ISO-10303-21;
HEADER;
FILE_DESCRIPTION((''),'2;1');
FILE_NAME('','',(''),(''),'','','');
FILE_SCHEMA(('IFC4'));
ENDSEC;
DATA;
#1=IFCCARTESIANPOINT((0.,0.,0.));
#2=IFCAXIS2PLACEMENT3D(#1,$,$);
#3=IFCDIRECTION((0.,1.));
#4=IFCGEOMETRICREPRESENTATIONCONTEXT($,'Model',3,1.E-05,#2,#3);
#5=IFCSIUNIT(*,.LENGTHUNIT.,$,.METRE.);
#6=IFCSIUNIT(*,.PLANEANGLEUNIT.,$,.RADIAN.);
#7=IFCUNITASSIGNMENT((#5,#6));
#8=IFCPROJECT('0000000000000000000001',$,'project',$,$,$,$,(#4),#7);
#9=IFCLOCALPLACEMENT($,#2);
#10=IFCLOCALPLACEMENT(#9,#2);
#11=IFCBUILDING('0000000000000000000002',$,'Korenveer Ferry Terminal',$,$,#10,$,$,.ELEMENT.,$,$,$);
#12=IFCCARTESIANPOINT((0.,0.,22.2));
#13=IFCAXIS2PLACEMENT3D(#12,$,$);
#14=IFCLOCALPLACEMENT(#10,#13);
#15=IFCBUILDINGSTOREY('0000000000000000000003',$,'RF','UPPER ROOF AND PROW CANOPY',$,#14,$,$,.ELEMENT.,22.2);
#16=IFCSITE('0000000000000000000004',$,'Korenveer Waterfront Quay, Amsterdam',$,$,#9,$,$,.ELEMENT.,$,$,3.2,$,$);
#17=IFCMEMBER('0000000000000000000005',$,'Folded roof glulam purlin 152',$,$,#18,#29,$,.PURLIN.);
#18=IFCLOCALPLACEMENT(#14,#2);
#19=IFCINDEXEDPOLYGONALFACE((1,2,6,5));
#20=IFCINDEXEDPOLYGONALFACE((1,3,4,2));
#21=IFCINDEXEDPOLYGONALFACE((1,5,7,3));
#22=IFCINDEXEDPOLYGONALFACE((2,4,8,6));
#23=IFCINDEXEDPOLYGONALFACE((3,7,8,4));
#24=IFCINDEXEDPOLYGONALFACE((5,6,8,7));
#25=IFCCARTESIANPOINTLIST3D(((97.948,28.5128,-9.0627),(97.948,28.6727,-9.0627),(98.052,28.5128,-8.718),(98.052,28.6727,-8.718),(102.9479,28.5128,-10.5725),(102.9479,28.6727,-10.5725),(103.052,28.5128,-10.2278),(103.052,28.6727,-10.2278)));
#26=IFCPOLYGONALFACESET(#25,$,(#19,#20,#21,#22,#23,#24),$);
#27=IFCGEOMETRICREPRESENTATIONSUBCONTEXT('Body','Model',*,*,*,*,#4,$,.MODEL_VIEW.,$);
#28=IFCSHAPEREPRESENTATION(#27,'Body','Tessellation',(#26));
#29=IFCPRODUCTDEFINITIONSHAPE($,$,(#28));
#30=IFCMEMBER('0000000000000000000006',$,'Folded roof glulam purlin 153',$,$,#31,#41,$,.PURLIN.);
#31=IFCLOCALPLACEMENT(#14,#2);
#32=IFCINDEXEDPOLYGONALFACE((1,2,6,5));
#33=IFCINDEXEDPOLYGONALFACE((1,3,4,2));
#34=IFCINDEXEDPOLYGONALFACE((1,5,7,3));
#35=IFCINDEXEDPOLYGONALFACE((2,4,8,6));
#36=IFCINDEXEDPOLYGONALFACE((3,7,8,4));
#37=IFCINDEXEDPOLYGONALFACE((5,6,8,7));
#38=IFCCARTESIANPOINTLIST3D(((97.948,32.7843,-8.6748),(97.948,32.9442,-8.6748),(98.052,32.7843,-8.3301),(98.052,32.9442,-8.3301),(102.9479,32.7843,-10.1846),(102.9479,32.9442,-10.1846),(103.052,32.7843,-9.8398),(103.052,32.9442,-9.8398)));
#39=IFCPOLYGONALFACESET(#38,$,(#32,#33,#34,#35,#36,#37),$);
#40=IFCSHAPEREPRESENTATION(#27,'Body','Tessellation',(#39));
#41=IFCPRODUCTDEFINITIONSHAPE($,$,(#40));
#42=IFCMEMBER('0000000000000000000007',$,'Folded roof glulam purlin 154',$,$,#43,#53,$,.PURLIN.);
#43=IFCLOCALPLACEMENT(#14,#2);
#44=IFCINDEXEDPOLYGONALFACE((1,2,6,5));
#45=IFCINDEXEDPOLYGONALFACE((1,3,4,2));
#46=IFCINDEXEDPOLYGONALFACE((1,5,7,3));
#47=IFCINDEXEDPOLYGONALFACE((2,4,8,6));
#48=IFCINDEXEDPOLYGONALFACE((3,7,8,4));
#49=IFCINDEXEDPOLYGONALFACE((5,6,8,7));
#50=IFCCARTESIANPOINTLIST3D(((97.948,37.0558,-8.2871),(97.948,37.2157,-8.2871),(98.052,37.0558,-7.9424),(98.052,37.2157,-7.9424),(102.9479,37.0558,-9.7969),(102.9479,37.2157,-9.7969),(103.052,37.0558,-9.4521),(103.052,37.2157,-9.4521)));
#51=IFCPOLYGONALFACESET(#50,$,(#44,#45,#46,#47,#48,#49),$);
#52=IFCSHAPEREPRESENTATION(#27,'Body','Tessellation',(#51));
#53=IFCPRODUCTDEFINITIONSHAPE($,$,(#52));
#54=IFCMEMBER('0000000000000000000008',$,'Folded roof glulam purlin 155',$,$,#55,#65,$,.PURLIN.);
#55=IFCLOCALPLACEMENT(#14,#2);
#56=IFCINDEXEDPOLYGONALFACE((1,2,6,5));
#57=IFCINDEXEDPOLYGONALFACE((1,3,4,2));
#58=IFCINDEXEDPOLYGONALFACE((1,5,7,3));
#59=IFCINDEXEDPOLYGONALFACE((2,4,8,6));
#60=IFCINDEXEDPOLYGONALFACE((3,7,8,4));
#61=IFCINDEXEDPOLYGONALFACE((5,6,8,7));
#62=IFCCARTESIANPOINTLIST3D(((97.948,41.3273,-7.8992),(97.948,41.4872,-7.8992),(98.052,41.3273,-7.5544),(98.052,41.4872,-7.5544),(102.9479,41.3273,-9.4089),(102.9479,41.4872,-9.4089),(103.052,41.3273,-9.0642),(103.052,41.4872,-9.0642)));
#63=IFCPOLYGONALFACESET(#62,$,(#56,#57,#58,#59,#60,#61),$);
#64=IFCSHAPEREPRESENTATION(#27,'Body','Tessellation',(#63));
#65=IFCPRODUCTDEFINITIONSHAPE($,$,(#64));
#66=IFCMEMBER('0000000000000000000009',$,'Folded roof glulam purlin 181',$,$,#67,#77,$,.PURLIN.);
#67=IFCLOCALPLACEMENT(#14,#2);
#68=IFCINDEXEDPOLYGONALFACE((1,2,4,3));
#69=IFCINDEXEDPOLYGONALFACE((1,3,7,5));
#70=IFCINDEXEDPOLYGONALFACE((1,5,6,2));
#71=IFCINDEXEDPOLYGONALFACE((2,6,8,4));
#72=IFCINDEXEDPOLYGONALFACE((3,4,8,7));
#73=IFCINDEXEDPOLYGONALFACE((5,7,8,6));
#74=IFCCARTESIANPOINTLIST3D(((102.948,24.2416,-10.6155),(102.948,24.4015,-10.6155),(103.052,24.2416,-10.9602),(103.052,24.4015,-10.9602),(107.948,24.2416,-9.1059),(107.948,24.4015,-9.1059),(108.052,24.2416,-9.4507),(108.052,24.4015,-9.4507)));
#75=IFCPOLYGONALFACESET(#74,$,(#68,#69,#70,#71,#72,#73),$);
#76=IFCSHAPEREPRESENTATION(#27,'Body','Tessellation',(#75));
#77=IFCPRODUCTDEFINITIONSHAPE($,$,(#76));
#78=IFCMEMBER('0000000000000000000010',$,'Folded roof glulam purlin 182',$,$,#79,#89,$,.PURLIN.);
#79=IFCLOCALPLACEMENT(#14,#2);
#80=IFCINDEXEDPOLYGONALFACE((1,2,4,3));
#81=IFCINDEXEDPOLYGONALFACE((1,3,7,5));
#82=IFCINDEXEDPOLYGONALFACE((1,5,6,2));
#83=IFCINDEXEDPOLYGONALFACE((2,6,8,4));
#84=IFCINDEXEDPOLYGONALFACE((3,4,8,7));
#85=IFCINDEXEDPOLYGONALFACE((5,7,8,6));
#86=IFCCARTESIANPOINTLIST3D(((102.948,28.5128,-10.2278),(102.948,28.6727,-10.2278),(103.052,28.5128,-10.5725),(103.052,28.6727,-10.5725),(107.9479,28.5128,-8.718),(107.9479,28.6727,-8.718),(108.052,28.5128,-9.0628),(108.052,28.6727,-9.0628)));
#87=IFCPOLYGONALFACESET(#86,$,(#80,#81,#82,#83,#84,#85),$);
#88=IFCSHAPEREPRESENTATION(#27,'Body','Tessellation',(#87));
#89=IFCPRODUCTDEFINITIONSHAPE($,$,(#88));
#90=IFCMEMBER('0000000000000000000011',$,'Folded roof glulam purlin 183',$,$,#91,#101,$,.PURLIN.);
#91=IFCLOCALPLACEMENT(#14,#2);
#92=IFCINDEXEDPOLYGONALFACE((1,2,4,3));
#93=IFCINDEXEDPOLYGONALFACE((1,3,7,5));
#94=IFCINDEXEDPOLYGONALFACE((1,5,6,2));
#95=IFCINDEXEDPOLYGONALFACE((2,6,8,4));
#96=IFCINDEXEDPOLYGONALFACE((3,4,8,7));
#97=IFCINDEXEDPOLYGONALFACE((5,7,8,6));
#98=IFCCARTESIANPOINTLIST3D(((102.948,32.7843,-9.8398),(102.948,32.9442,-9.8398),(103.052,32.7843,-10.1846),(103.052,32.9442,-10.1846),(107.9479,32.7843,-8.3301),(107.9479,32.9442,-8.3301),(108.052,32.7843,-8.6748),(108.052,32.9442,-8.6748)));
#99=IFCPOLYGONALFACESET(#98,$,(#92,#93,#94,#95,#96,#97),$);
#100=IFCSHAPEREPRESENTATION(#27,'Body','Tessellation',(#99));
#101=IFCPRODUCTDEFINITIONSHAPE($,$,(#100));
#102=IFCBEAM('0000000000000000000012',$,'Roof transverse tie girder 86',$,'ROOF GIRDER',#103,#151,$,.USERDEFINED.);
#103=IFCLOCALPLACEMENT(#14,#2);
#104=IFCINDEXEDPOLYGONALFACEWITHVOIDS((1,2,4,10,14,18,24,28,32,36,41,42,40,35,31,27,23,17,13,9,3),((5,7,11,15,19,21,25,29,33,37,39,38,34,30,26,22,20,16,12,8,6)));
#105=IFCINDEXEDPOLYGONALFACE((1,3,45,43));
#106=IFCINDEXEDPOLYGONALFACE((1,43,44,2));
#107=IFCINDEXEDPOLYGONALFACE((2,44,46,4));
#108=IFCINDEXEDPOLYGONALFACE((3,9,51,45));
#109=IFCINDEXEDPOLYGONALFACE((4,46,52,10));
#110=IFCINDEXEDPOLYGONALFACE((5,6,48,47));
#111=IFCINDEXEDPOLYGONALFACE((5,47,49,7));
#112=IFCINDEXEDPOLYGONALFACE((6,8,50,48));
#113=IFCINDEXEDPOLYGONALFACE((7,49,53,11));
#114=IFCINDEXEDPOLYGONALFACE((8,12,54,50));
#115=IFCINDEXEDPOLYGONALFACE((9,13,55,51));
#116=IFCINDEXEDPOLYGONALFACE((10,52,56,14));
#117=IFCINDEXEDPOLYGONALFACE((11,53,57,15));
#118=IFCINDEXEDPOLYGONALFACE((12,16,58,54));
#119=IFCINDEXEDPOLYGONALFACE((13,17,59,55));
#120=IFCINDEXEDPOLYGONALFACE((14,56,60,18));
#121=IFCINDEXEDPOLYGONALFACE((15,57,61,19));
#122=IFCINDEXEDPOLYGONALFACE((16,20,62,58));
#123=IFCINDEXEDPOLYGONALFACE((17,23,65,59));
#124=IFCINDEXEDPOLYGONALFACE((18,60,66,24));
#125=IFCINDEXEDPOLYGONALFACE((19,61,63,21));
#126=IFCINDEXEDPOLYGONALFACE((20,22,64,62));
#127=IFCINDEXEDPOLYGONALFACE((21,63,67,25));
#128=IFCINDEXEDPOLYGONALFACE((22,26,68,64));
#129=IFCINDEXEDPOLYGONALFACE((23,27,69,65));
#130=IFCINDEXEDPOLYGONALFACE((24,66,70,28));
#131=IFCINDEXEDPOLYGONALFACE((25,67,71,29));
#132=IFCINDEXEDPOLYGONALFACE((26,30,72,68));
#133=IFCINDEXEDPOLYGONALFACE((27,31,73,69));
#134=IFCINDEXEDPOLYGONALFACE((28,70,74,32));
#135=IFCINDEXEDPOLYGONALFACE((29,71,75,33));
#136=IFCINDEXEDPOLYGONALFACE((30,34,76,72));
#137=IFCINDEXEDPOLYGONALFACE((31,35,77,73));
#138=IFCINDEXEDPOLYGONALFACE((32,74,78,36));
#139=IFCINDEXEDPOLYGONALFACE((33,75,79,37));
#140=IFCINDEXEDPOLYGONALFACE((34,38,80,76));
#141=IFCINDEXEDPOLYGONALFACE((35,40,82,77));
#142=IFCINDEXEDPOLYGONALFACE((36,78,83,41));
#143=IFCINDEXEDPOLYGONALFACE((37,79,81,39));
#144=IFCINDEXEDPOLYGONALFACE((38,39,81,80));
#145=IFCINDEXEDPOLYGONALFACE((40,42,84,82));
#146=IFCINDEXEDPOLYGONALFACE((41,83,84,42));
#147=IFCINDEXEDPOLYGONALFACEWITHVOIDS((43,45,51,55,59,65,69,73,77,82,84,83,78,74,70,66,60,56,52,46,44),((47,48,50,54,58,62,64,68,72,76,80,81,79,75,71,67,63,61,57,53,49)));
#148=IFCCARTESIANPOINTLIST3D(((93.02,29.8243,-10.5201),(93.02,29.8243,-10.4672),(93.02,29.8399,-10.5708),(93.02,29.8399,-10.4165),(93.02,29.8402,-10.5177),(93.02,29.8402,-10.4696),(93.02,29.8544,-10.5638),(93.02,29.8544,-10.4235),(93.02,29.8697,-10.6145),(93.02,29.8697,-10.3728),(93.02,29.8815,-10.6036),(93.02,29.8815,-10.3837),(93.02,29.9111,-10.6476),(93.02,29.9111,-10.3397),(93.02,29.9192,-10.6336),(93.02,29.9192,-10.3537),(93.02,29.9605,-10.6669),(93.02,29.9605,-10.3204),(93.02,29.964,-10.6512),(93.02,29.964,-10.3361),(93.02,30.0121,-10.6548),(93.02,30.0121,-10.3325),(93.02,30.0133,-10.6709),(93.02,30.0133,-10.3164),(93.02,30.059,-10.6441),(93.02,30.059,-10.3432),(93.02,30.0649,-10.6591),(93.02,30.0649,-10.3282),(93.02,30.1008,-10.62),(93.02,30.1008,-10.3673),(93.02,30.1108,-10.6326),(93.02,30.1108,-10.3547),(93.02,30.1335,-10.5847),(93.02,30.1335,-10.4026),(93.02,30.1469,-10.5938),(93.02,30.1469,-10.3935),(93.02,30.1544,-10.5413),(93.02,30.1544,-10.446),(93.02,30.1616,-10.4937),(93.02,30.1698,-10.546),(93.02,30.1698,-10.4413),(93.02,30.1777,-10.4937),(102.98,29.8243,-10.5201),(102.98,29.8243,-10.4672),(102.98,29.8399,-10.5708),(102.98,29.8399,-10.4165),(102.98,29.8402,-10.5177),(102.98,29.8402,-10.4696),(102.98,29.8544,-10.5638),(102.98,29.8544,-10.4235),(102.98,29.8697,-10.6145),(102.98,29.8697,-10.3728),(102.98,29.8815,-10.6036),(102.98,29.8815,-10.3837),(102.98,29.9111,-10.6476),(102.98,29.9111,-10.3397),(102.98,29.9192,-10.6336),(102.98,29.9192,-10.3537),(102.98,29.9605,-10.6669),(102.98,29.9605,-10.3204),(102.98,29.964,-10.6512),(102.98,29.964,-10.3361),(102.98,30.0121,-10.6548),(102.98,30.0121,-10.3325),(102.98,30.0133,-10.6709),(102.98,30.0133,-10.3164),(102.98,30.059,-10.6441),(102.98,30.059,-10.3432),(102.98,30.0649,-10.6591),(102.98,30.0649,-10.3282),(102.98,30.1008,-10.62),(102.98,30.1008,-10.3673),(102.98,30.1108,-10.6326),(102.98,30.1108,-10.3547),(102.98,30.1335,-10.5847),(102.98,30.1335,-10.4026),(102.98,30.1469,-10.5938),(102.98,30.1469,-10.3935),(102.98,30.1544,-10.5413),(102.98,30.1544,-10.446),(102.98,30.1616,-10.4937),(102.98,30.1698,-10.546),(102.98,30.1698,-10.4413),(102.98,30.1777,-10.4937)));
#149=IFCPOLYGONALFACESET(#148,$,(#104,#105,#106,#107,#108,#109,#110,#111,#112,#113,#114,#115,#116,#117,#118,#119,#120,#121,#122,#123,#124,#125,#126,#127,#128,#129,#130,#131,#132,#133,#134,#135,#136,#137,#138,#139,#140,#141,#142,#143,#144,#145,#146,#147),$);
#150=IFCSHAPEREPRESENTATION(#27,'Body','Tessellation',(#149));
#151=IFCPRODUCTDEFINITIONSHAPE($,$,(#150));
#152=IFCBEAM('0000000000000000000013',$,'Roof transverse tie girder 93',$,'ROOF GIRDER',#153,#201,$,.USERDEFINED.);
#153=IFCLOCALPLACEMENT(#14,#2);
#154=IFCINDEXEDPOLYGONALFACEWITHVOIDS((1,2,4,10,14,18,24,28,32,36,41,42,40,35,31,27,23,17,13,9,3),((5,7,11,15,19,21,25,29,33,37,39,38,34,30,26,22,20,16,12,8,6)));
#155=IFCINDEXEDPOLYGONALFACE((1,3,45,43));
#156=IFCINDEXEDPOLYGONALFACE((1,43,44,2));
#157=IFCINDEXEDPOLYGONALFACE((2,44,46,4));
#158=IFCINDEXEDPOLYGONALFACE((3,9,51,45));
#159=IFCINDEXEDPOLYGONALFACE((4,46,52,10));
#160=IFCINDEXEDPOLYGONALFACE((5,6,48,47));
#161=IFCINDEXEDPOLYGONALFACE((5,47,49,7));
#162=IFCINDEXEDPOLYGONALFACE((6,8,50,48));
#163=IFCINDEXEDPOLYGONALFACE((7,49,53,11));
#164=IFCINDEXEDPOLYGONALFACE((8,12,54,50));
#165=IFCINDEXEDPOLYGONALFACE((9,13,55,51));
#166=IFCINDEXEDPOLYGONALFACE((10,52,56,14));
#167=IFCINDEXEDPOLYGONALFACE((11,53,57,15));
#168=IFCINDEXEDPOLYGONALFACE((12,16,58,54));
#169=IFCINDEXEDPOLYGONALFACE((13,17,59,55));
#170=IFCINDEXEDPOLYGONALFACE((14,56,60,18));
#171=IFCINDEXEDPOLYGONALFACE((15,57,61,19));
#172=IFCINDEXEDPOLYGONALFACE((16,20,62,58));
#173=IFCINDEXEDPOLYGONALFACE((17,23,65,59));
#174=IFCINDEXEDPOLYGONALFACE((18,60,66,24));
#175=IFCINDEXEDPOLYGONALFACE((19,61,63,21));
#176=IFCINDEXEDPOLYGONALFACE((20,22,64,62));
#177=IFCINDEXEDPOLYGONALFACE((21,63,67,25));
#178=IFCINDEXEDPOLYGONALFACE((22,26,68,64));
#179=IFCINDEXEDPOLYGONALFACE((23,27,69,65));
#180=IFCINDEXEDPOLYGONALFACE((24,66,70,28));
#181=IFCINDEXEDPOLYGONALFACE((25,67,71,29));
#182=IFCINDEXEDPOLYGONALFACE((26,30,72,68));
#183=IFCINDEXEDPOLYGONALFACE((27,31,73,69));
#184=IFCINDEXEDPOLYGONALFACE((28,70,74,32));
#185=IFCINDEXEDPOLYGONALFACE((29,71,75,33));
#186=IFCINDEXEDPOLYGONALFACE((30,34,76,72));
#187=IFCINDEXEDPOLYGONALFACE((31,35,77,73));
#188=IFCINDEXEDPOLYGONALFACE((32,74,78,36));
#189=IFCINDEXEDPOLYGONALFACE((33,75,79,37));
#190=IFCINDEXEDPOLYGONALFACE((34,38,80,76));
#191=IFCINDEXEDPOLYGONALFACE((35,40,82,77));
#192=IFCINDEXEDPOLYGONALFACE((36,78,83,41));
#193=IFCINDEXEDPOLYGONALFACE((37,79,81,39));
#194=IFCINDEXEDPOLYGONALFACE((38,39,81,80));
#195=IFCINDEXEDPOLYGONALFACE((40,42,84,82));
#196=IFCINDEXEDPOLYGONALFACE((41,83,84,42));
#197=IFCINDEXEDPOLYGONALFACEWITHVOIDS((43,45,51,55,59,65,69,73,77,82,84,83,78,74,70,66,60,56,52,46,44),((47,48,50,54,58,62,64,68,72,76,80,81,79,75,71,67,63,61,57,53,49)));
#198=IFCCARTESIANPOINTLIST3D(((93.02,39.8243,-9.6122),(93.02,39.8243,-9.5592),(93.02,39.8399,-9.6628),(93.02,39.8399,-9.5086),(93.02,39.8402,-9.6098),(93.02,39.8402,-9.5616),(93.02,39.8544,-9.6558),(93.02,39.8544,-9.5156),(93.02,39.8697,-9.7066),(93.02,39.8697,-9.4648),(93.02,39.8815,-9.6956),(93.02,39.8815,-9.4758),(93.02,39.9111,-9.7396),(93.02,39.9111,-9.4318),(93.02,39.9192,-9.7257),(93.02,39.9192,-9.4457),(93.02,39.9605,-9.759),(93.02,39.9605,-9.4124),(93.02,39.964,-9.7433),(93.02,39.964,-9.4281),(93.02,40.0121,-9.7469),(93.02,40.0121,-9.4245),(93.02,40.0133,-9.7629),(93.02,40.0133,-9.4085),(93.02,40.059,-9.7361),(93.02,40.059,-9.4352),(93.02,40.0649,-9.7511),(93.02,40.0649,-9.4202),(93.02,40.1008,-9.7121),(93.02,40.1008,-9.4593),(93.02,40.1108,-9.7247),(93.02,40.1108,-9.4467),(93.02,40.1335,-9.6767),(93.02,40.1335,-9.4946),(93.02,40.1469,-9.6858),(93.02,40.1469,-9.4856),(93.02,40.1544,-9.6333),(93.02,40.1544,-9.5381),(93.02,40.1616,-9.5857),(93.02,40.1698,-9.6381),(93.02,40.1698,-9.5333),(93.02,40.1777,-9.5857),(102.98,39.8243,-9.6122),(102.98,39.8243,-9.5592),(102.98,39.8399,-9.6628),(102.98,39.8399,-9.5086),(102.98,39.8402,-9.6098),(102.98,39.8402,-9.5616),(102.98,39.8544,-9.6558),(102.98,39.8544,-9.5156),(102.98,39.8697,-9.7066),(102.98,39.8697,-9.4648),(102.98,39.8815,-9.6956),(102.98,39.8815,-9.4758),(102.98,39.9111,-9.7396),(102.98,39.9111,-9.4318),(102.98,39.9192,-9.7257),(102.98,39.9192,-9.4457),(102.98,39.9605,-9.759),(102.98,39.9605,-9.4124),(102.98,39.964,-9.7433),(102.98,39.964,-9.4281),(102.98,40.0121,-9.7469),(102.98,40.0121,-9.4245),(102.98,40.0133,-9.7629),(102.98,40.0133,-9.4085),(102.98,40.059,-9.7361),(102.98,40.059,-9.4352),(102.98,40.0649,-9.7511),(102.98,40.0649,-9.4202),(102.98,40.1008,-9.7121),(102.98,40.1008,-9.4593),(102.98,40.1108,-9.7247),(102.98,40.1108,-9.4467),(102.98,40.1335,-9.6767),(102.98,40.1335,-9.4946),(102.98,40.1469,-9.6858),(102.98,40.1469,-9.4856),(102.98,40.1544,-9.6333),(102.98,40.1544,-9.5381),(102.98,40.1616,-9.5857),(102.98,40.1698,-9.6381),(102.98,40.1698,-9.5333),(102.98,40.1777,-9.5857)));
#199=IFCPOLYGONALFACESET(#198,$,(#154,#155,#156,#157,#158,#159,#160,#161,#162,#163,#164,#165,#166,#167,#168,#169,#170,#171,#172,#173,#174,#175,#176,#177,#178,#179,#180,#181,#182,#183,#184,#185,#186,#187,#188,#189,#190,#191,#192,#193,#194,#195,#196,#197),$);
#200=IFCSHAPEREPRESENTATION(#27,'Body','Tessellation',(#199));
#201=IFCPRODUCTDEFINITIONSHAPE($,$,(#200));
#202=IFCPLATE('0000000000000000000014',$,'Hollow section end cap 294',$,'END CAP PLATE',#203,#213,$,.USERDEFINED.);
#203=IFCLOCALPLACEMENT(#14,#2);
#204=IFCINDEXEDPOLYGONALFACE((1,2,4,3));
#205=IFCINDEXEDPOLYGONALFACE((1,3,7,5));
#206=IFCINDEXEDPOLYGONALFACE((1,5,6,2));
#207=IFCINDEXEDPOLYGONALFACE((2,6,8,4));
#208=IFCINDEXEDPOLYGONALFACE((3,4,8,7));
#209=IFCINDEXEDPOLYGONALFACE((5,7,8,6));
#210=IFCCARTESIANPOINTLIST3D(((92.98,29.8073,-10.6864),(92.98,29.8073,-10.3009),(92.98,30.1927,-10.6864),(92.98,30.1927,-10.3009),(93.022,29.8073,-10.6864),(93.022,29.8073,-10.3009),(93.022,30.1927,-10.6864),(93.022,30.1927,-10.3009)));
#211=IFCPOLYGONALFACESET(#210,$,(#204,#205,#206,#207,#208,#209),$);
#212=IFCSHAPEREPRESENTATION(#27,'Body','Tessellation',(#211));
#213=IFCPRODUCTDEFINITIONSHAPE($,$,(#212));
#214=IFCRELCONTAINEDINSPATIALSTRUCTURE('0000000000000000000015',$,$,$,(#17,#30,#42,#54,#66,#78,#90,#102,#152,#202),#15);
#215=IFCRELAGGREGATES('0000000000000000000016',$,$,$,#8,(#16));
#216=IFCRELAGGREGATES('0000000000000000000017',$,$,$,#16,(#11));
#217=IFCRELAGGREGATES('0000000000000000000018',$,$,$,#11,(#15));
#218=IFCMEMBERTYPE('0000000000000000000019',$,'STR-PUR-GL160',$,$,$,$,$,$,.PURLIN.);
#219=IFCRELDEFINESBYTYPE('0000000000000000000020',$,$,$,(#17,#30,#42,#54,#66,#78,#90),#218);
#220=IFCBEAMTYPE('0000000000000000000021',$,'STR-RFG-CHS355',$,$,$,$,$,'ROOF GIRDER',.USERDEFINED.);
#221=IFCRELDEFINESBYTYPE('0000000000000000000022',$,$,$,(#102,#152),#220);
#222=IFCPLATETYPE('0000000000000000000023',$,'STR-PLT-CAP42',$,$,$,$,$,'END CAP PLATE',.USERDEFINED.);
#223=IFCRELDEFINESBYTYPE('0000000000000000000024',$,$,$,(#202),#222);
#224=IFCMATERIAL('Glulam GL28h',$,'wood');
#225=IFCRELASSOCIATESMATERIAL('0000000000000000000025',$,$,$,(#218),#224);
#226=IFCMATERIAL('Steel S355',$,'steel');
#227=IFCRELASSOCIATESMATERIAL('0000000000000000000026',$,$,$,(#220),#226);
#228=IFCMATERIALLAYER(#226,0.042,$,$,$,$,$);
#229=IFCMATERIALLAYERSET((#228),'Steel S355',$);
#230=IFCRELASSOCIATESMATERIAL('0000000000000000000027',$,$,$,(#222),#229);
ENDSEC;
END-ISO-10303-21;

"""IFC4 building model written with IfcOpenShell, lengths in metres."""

from ifc_helpers import new_model, si_unit, direction, frame, origin, origin_2d, place, context, subcontext, project, spatial, rectangle, hollow_circle, extrude, material, layer, layer_set, material_profile, profile_set, type_object, element, save


model = new_model("IFC4")

# Units and contexts
model_context = context("Model", 3, precision=1e-05, world=origin(), true_north=direction((0.0, 1.0)))
body_context = subcontext(model_context, "Body", "Model", "MODEL_VIEW")
ifc_project = project(units=[si_unit("LENGTHUNIT", "METRE"), si_unit("PLANEANGLEUNIT", "RADIAN")], contexts=[model_context])

# Site, building, storey
site_placement = place(None, origin())
site = spatial("IfcSite", under=ifc_project, at=site_placement, Name="Korenveer Waterfront Quay, Amsterdam", CompositionType="ELEMENT", RefElevation=3.2)
building_placement = place(site_placement, origin())
building = spatial("IfcBuilding", under=site, at=building_placement, Name="Korenveer Ferry Terminal", CompositionType="ELEMENT")
storey_placement = place(building_placement, frame((0.0, 0.0, 22.2)))
storey = spatial("IfcBuildingStorey", under=building, at=storey_placement, Name="RF", Description="UPPER ROOF AND PROW CANOPY", CompositionType="ELEMENT", Elevation=22.2)

# Shared definitions
ifc_material_1 = material(Name="Steel S355", Category="steel")

# Members
ifc_material_2 = material(Name="Glulam GL28h", Category="wood")
ifc_material_profile_1 = material_profile(ifc_material_2, rectangle(XDim=0.1599, YDim=0.3601, at=origin_2d()), Name="GL 160x360")
ifc_profile_set_1 = profile_set([ifc_material_profile_1], Name="Glulam GL28h")
member_type = type_object("IfcMemberType", Name="STR-PUR-GL160", PredefinedType="PURLIN", material=ifc_profile_set_1)
for number, where, z_axis, x_axis, name in (
    (1, (98.0, 28.5928, -8.8904), (0.95731, 0.0, -0.289063), (0.0, 1.0, 0.0), "Folded roof glulam purlin 152"),
    (2, (98.0, 32.8643, -8.5024), (0.95731, 0.0, -0.289063), (0.0, 1.0, 0.0), "Folded roof glulam purlin 153"),
    (3, (98.0, 37.1357, -8.1147), (0.95731, 0.0, -0.289063), (0.0, 1.0, 0.0), "Folded roof glulam purlin 154"),
    (4, (98.0, 41.4072, -7.7268), (0.95731, 0.0, -0.289063), (0.0, 1.0, 0.0), "Folded roof glulam purlin 155"),
    (5, (103.0, 24.3215, -10.7878), (0.957323, 0.0, 0.28902), (0.0, 1.0, 0.0), "Folded roof glulam purlin 181"),
    (6, (103.0, 28.5928, -10.4001), (0.95731, 0.0, 0.289063), (0.0, 1.0, 0.0), "Folded roof glulam purlin 182"),
    (7, (103.0, 32.8643, -10.0122), (0.95731, 0.0, 0.289063), (0.0, 1.0, 0.0), "Folded roof glulam purlin 183"),
):
    element("IfcMember", number, at=place(storey_placement, frame(where, z_axis=z_axis, x_axis=x_axis)), inside=storey, type_object=member_type, Name=name, PredefinedType="PURLIN", context=body_context, shape_type="SweptSolid", body=[
        extrude(rectangle(XDim=0.1599, YDim=0.3601, at=origin_2d()), origin(), (0.0, 0.0, 1.0), 5.2229),
    ])

# Beams
ifc_material_profile_2 = material_profile(ifc_material_1, hollow_circle(Radius=0.1777, WallThickness=0.0161, at=origin_2d()), Name="CHS 355.6x16")
ifc_profile_set_2 = profile_set([ifc_material_profile_2], Name="Steel S355")
beam_type_1 = type_object("IfcBeamType", Name="STR-RFG-CHS355", ElementType="ROOF GIRDER", PredefinedType="USERDEFINED", material=ifc_profile_set_2)
for number, where, z_axis, x_axis, name in (
    (8, (93.02, 30.0, -10.4937), (1.0, 0.0, 0.0), (0.0, 1.0, 0.0), "Roof transverse tie girder 86"),
    (9, (93.02, 40.0, -9.5857), (1.0, 0.0, 0.0), (0.0, 1.0, 0.0), "Roof transverse tie girder 93"),
):
    element("IfcBeam", number, at=place(storey_placement, frame(where, z_axis=z_axis, x_axis=x_axis)), inside=storey, type_object=beam_type_1, Name=name, ObjectType="ROOF GIRDER", PredefinedType="USERDEFINED", context=body_context, shape_type="SweptSolid", body=[
        extrude(hollow_circle(Radius=0.1777, WallThickness=0.0161, at=origin_2d()), origin(), (0.0, 0.0, 1.0), 9.96),
    ])

# Plate
ifc_layer = layer(ifc_material_1, 0.042)
ifc_layer_set = layer_set([ifc_layer], Name="Steel S355")
plate_type = type_object("IfcPlateType", Name="STR-PLT-CAP42", ElementType="END CAP PLATE", PredefinedType="USERDEFINED", material=ifc_layer_set)
for number, where, z_axis, x_axis, name in (
    (10, (92.98, 30.0, -10.4937), (1.0, 0.0, 0.0), (0.0, 1.0, 0.0), "Hollow section end cap 294"),
):
    element("IfcPlate", number, at=place(storey_placement, frame(where, z_axis=z_axis, x_axis=x_axis)), inside=storey, type_object=plate_type, Name=name, ObjectType="END CAP PLATE", PredefinedType="USERDEFINED", context=body_context, shape_type="SweptSolid", body=[
        extrude(rectangle(XDim=0.3855, YDim=0.3855, at=origin_2d()), origin(), (0.0, 0.0, 1.0), 0.042),
    ])

save(model, "model.ifc")
